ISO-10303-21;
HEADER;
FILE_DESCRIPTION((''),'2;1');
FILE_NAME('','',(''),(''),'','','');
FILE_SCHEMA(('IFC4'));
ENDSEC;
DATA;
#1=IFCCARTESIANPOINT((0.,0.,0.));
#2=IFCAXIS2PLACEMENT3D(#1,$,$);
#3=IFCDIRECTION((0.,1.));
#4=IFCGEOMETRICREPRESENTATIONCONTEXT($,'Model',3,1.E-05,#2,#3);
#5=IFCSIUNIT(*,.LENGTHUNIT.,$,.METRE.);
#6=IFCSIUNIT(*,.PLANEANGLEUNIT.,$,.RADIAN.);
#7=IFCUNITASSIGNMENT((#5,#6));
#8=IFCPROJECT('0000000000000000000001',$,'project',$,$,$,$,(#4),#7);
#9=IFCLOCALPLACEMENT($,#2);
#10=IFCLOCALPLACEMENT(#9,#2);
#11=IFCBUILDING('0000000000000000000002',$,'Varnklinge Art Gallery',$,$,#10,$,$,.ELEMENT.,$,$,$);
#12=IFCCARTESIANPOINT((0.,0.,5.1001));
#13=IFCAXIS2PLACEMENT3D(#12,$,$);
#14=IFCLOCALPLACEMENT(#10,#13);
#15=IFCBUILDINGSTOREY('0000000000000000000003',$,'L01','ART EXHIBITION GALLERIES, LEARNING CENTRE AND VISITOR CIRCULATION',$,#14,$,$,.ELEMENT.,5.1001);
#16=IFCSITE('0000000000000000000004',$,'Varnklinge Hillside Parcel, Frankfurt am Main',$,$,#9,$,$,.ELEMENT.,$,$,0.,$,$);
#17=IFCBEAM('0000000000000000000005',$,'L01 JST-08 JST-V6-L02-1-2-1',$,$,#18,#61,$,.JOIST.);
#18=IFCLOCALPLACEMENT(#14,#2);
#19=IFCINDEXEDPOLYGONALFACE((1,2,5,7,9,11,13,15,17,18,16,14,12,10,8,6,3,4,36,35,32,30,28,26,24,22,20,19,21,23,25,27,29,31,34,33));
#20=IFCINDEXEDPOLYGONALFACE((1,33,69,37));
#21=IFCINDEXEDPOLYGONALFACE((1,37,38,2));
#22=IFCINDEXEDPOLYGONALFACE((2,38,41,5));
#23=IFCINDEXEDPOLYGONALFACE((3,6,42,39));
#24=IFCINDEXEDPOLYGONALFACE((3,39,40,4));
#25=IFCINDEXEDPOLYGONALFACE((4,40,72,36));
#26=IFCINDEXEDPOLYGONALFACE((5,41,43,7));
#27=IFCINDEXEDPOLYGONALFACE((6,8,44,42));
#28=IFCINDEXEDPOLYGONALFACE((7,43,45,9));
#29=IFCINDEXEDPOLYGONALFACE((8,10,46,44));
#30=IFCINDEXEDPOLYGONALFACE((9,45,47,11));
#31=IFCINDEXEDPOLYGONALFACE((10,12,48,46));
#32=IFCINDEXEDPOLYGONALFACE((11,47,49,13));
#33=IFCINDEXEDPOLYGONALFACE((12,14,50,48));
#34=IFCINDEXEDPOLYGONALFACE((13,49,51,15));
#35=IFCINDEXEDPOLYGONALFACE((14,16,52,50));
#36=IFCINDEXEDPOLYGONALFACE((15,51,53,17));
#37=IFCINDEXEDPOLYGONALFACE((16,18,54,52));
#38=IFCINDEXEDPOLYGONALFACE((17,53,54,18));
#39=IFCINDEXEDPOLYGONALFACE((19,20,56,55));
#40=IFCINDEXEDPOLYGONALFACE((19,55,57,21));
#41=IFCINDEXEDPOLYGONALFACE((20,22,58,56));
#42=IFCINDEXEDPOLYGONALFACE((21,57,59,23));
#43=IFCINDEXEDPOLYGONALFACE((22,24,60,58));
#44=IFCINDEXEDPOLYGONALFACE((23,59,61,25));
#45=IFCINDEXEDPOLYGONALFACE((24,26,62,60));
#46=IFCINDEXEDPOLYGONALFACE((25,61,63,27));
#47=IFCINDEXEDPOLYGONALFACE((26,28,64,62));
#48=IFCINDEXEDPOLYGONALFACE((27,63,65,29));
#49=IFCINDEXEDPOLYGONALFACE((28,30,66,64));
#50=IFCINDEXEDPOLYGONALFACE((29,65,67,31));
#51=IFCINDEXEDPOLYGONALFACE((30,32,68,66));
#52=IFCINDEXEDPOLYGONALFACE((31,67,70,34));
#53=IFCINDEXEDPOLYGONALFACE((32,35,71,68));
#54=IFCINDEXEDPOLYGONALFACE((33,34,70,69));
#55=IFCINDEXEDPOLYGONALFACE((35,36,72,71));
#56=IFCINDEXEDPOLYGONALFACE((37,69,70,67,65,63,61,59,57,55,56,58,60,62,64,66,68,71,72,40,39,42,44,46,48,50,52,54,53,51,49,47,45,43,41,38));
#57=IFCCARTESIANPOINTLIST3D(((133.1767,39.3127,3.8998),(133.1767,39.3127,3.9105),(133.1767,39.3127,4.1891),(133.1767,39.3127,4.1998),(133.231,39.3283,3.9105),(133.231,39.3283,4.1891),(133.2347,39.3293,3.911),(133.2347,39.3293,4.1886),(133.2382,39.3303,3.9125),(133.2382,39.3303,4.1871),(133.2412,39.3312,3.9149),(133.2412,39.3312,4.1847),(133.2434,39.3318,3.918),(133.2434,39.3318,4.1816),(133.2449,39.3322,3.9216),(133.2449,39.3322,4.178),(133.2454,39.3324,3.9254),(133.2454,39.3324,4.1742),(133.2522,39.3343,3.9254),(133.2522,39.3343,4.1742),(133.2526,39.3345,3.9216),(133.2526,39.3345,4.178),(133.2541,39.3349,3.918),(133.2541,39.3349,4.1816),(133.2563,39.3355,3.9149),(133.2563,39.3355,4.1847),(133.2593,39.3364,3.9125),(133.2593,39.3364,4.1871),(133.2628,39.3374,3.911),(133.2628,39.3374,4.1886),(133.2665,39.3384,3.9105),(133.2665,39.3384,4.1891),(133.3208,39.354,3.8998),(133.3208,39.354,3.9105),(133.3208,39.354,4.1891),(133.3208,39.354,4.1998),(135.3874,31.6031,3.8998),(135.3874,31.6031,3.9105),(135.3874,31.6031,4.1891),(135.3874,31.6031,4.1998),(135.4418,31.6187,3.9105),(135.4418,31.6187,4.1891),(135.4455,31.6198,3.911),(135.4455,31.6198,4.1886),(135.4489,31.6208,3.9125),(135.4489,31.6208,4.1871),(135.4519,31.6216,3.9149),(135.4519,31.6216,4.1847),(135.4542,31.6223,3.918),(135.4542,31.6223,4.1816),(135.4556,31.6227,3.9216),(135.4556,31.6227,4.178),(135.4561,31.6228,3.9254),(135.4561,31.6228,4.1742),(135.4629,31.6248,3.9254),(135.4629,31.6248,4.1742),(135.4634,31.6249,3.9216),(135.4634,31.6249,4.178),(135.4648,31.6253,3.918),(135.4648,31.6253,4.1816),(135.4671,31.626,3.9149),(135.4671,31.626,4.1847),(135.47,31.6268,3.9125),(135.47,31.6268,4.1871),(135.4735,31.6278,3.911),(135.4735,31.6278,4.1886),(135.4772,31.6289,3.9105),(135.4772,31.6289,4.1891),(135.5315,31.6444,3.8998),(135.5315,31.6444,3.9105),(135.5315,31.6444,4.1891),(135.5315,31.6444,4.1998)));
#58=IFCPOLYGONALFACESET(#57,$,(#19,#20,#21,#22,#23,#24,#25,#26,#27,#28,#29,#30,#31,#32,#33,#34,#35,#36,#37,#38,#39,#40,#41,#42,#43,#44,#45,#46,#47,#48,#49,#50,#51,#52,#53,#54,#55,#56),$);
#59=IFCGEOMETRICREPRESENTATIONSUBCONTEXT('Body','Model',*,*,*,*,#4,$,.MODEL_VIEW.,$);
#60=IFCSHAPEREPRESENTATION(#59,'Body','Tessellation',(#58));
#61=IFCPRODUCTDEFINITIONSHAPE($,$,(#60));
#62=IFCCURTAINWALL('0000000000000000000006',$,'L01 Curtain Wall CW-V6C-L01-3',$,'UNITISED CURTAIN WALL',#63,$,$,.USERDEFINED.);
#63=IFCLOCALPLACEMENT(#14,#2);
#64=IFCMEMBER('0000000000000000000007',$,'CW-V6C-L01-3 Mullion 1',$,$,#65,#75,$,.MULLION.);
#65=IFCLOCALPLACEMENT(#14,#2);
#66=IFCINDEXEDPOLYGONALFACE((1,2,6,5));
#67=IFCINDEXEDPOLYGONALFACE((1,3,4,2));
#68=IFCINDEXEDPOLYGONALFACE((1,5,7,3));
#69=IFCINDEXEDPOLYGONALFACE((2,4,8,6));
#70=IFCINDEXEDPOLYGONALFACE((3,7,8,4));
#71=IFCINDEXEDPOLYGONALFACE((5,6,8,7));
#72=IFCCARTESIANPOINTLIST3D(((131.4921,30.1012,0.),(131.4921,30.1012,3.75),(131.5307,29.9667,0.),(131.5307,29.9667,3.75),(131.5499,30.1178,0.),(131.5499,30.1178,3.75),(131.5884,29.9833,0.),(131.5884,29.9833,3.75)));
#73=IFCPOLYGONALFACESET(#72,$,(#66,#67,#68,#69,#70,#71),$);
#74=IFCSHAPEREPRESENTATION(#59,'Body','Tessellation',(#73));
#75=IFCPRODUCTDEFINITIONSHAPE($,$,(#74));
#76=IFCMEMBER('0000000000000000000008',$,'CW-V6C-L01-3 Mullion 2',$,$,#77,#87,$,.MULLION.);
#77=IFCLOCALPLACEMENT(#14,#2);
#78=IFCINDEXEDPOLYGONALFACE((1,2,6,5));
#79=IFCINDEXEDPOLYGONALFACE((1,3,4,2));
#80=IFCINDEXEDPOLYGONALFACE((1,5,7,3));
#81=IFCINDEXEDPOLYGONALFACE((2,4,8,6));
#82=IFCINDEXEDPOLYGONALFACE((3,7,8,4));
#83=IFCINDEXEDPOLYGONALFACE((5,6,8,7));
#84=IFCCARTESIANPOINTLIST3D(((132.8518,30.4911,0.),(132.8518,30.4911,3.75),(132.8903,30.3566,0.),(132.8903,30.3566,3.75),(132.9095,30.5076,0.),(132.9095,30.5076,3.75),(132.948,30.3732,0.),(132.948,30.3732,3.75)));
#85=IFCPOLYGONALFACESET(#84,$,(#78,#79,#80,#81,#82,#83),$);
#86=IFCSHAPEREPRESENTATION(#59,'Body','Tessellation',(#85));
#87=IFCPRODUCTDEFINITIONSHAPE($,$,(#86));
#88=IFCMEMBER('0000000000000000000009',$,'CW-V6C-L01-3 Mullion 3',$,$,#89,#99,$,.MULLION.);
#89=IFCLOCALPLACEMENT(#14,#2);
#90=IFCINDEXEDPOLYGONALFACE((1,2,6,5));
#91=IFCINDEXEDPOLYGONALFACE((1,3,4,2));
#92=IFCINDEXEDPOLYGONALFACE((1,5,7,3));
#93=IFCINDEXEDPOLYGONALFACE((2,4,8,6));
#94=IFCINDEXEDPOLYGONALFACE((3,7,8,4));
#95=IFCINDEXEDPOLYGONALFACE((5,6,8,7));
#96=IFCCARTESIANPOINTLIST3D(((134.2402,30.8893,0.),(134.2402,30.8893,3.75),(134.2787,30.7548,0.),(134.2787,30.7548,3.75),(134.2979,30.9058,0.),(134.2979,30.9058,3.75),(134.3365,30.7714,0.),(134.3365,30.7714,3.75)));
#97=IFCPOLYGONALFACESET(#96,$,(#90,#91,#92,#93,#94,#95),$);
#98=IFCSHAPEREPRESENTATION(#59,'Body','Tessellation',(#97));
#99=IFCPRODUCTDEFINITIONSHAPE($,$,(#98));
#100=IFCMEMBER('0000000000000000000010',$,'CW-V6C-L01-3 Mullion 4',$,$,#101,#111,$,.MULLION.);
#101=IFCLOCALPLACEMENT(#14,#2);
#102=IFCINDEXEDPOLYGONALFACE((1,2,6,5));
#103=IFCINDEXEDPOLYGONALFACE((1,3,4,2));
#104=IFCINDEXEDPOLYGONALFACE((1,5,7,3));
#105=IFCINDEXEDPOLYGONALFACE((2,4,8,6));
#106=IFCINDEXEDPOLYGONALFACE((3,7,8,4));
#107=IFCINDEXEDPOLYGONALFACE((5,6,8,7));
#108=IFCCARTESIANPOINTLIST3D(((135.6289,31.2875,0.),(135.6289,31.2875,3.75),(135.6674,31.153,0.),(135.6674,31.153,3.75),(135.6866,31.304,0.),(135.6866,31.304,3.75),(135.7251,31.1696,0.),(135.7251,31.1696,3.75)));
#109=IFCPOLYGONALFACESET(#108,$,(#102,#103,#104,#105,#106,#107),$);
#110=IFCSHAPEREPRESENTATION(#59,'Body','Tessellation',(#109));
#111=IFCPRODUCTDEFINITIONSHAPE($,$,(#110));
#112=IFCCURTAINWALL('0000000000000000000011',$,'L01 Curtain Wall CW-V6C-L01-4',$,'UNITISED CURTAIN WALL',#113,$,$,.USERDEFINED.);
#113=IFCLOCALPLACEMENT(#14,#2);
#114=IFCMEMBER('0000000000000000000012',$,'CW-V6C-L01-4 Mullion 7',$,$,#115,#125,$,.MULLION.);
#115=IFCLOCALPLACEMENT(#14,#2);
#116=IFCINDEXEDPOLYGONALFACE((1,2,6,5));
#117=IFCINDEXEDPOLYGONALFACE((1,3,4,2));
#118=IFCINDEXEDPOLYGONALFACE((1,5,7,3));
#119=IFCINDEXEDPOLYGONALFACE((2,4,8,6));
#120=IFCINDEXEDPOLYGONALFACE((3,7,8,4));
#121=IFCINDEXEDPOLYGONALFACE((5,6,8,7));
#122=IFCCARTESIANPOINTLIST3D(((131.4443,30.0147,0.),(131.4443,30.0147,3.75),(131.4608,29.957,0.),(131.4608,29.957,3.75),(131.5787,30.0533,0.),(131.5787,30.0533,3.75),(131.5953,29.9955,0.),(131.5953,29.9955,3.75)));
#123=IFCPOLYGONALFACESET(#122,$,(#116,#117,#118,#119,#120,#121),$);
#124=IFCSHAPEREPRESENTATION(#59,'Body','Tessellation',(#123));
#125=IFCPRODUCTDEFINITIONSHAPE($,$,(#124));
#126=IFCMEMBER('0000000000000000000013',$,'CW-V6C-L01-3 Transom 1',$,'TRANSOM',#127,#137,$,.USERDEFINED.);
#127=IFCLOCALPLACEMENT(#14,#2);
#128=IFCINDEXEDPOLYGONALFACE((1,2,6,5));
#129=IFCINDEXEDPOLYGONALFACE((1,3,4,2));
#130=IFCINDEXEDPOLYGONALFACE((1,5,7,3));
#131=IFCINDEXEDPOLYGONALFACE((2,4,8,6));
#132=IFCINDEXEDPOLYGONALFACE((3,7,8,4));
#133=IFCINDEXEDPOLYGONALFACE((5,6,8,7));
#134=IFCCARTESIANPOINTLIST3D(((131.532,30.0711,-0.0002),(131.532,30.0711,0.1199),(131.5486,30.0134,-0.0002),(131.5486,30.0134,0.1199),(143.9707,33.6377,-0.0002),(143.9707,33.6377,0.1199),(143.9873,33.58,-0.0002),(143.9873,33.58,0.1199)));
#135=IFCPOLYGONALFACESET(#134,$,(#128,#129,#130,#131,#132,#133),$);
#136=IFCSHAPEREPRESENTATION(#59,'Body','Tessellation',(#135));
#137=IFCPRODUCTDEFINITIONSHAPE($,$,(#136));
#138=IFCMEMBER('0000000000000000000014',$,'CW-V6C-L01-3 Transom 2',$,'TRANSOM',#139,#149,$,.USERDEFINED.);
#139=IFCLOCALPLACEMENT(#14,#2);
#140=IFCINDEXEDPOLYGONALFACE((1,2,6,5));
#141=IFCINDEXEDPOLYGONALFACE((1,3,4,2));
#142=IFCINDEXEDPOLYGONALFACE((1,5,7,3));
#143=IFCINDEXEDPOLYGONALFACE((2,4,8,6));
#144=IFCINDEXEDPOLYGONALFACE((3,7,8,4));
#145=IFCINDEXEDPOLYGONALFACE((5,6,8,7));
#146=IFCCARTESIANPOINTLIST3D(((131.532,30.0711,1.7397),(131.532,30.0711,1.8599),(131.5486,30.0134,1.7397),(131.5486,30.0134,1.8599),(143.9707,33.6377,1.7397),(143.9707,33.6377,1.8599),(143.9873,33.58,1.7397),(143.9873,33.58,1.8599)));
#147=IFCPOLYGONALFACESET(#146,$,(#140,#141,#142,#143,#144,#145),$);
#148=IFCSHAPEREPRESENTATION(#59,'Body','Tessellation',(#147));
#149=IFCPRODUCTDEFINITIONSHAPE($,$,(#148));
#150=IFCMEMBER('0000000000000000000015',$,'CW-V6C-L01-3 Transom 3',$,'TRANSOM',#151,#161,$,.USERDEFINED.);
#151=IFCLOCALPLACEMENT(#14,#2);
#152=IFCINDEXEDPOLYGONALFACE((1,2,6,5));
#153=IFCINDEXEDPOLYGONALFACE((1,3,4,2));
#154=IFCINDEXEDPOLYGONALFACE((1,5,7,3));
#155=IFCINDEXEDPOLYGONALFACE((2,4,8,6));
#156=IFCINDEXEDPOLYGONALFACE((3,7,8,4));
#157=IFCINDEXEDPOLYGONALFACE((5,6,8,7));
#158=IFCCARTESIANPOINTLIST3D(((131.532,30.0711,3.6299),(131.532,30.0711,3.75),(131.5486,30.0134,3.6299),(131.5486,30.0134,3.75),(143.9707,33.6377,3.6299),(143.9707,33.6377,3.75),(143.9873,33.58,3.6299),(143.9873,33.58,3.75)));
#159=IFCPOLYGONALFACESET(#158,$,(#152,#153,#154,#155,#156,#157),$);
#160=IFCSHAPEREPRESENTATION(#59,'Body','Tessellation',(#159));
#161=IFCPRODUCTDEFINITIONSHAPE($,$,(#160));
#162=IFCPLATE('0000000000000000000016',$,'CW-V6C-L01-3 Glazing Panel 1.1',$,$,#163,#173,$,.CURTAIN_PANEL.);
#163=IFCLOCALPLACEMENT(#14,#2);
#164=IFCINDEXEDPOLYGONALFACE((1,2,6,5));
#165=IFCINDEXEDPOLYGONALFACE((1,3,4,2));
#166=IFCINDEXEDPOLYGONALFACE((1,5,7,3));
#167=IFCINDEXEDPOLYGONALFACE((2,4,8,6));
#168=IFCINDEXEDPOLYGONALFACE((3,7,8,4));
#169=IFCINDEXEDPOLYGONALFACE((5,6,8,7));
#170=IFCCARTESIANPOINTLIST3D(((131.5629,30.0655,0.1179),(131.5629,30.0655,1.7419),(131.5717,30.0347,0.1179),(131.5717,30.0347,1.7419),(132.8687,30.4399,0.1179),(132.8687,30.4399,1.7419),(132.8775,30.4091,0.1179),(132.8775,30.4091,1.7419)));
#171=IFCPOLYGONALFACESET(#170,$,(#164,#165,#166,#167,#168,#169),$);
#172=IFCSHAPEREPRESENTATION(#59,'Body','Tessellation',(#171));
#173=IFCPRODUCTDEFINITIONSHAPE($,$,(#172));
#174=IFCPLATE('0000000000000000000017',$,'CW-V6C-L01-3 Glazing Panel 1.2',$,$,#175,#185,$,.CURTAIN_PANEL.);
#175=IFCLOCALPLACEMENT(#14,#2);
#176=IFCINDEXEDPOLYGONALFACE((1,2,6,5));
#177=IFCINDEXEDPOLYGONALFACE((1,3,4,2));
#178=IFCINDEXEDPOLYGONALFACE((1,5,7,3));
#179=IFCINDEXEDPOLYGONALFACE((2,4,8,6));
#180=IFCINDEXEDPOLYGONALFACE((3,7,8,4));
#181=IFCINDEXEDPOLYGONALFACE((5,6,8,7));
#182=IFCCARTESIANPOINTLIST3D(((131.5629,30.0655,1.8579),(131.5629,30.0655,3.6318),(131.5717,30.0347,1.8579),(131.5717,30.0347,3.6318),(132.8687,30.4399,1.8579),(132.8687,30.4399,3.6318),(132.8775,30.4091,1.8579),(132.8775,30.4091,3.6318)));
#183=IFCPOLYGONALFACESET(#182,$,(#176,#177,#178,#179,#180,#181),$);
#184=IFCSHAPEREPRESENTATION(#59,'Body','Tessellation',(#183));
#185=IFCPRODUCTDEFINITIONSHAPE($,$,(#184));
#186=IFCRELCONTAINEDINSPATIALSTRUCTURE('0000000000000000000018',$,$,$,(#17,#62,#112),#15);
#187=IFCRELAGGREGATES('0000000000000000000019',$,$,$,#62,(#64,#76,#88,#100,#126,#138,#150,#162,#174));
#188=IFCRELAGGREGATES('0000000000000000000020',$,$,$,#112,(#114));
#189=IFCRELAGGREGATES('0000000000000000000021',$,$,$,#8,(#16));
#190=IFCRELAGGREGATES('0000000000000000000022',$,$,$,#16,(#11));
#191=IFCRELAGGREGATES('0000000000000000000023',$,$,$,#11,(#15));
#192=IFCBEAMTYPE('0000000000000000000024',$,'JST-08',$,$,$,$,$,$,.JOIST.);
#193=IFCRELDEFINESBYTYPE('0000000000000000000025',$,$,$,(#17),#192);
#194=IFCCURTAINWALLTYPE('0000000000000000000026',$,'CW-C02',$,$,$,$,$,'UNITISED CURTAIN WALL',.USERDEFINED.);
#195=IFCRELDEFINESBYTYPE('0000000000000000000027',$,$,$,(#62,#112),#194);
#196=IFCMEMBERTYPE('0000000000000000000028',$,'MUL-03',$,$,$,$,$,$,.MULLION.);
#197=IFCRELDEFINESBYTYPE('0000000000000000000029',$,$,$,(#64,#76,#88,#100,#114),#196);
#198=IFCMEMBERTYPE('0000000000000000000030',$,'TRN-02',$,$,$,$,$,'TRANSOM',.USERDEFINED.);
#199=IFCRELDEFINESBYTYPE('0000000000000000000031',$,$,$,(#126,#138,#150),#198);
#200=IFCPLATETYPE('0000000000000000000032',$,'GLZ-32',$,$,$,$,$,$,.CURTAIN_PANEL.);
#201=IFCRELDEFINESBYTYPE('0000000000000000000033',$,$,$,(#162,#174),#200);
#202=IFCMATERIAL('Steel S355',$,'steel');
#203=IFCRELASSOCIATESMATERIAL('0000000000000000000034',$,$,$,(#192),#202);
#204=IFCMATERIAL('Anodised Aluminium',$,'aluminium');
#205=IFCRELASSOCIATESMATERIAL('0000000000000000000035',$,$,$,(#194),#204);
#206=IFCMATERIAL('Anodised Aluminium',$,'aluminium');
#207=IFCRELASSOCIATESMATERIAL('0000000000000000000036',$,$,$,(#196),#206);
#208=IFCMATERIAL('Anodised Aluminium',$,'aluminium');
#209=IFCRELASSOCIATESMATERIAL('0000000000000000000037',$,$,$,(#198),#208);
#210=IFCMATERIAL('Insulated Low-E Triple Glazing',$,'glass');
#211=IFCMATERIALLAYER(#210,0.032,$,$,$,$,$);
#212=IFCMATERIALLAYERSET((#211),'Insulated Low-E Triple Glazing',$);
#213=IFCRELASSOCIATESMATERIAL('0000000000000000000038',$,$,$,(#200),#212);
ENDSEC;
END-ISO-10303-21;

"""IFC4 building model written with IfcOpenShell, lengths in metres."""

from ifc_helpers import new_model, si_unit, direction, frame, origin, origin_2d, place, context, subcontext, project, spatial, rectangle, i_section, extrude, material, layer, layer_set, material_profile, profile_set, type_object, element, aggregate, save


model = new_model("IFC4")

# Units and contexts
model_context = context("Model", 3, precision=1e-05, world=origin(), true_north=direction((0.0, 1.0)))
body_context = subcontext(model_context, "Body", "Model", "MODEL_VIEW")
ifc_project = project(units=[si_unit("LENGTHUNIT", "METRE"), si_unit("PLANEANGLEUNIT", "RADIAN")], contexts=[model_context])

# Site, building, storey
site_placement = place(None, origin())
site = spatial("IfcSite", under=ifc_project, at=site_placement, Name="Varnklinge Hillside Parcel, Frankfurt am Main", CompositionType="ELEMENT", RefElevation=0.0)
building_placement = place(site_placement, origin())
building = spatial("IfcBuilding", under=site, at=building_placement, Name="Varnklinge Art Gallery", CompositionType="ELEMENT")
storey_placement = place(building_placement, frame((0.0, 0.0, 5.1001)))
storey = spatial("IfcBuildingStorey", under=building, at=storey_placement, Name="L01", Description="ART EXHIBITION GALLERIES, LEARNING CENTRE AND VISITOR CIRCULATION", CompositionType="ELEMENT", Elevation=5.1001)

# Beam
ifc_material_1 = material(Name="Steel S355", Category="steel")
ifc_material_profile_1 = material_profile(ifc_material_1, i_section(OverallWidth=0.1499, OverallDepth=0.3, WebThickness=0.0071, FlangeThickness=0.0107, FilletRadius=0.0149, at=origin_2d()), Name="IPE 300")
ifc_profile_set_1 = profile_set([ifc_material_profile_1], Name="Steel S355")
beam_type_1 = type_object("IfcBeamType", Name="JST-08", PredefinedType="JOIST", material=ifc_profile_set_1)
beam_1_placement = place(storey_placement, frame((135.4595, 31.6238, 4.0498), z_axis=(-0.275642, 0.96126, 0.0), x_axis=(-0.96126, -0.275642, 0.0)))
element("IfcBeam", 1, at=beam_1_placement, inside=storey, type_object=beam_type_1, Name="L01 JST-08 JST-V6-L02-1-2-1", PredefinedType="JOIST", context=body_context, shape_type="SweptSolid", body=[
    extrude(i_section(OverallWidth=0.1499, OverallDepth=0.3, WebThickness=0.0071, FlangeThickness=0.0107, FilletRadius=0.0149, at=origin_2d()), origin(), (0.0, 0.0, 1.0), 8.0203),
])

# Curtain wall, members
ifc_material_2 = material(Name="Anodised Aluminium", Category="aluminium")
curtain_wall_type = type_object("IfcCurtainWallType", Name="CW-C02", ElementType="UNITISED CURTAIN WALL", PredefinedType="USERDEFINED", material=ifc_material_2)
curtain_wall_1_placement = place(storey_placement, origin())
curtain_wall_1 = element("IfcCurtainWall", 2, at=curtain_wall_1_placement, inside=storey, type_object=curtain_wall_type, Name="L01 Curtain Wall CW-V6C-L01-3", ObjectType="UNITISED CURTAIN WALL", PredefinedType="USERDEFINED")
ifc_material_3 = material(Name="Anodised Aluminium", Category="aluminium")
ifc_material_profile_2 = material_profile(ifc_material_3, rectangle(XDim=0.0601, YDim=0.1399, at=origin_2d()), Name="ALU 60x140")
ifc_profile_set_2 = profile_set([ifc_material_profile_2], Name="Anodised Aluminium")
member_type_1 = type_object("IfcMemberType", Name="MUL-03", PredefinedType="MULLION", material=ifc_profile_set_2)
member_1_placement = place(storey_placement, frame((131.5403, 30.0422, 0.0), z_axis=(0.0, 0.0, 1.0), x_axis=(0.961262, 0.275637, 0.0)))
member_1 = element("IfcMember", 3, at=member_1_placement, type_object=member_type_1, Name="CW-V6C-L01-3 Mullion 1", PredefinedType="MULLION", context=body_context, shape_type="SweptSolid", body=[
    extrude(rectangle(XDim=0.0601, YDim=0.1399, at=origin_2d()), origin(), (0.0, 0.0, 1.0), 3.75),
])
member_2_placement = place(storey_placement, frame((132.8999, 30.4321, 0.0), z_axis=(0.0, 0.0, 1.0), x_axis=(0.961262, 0.275637, 0.0)))
member_2 = element("IfcMember", 4, at=member_2_placement, type_object=member_type_1, Name="CW-V6C-L01-3 Mullion 2", PredefinedType="MULLION", context=body_context, shape_type="SweptSolid", body=[
    extrude(rectangle(XDim=0.0601, YDim=0.1399, at=origin_2d()), origin(), (0.0, 0.0, 1.0), 3.75),
])
member_3_placement = place(storey_placement, frame((134.2883, 30.8303, 0.0), z_axis=(0.0, 0.0, 1.0), x_axis=(0.961262, 0.275637, 0.0)))
member_3 = element("IfcMember", 5, at=member_3_placement, type_object=member_type_1, Name="CW-V6C-L01-3 Mullion 3", PredefinedType="MULLION", context=body_context, shape_type="SweptSolid", body=[
    extrude(rectangle(XDim=0.0601, YDim=0.1399, at=origin_2d()), origin(), (0.0, 0.0, 1.0), 3.75),
])
member_4_placement = place(storey_placement, frame((135.677, 31.2285, 0.0), z_axis=(0.0, 0.0, 1.0), x_axis=(0.961262, 0.275637, 0.0)))
member_4 = element("IfcMember", 6, at=member_4_placement, type_object=member_type_1, Name="CW-V6C-L01-3 Mullion 4", PredefinedType="MULLION", context=body_context, shape_type="SweptSolid", body=[
    extrude(rectangle(XDim=0.0601, YDim=0.1399, at=origin_2d()), origin(), (0.0, 0.0, 1.0), 3.75),
])

# Curtain wall, member
curtain_wall_2_placement = place(storey_placement, origin())
curtain_wall_2 = element("IfcCurtainWall", 7, at=curtain_wall_2_placement, inside=storey, type_object=curtain_wall_type, Name="L01 Curtain Wall CW-V6C-L01-4", ObjectType="UNITISED CURTAIN WALL", PredefinedType="USERDEFINED")
member_5_placement = place(storey_placement, frame((131.5198, 30.0051, 0.0), z_axis=(0.0, 0.0, 1.0), x_axis=(-0.275637, 0.961262, 0.0)))
member_5 = element("IfcMember", 8, at=member_5_placement, type_object=member_type_1, Name="CW-V6C-L01-4 Mullion 7", PredefinedType="MULLION", context=body_context, shape_type="SweptSolid", body=[
    extrude(rectangle(XDim=0.0601, YDim=0.1399, at=origin_2d()), origin(), (0.0, 0.0, 1.0), 3.75),
])

# Members
ifc_material_4 = material(Name="Anodised Aluminium", Category="aluminium")
ifc_material_profile_3 = material_profile(ifc_material_4, rectangle(XDim=0.0601, YDim=0.1201, at=origin_2d()), Name="ALU 60x120")
ifc_profile_set_3 = profile_set([ifc_material_profile_3], Name="Anodised Aluminium")
member_type_2 = type_object("IfcMemberType", Name="TRN-02", ElementType="TRANSOM", PredefinedType="USERDEFINED", material=ifc_profile_set_3)
member_6_placement = place(storey_placement, frame((131.5403, 30.0422, 0.0598), z_axis=(0.961264, 0.275631, 0.0), x_axis=(-0.275631, 0.961264, 0.0)))
member_6 = element("IfcMember", 9, at=member_6_placement, type_object=member_type_2, Name="CW-V6C-L01-3 Transom 1", ObjectType="TRANSOM", PredefinedType="USERDEFINED", context=body_context, shape_type="SweptSolid", body=[
    extrude(rectangle(XDim=0.0601, YDim=0.1201, at=origin_2d()), origin(), (0.0, 0.0, 1.0), 12.9399),
])
member_7_placement = place(storey_placement, frame((131.5403, 30.0422, 1.7998), z_axis=(0.961264, 0.275631, 0.0), x_axis=(-0.275631, 0.961264, 0.0)))
member_7 = element("IfcMember", 10, at=member_7_placement, type_object=member_type_2, Name="CW-V6C-L01-3 Transom 2", ObjectType="TRANSOM", PredefinedType="USERDEFINED", context=body_context, shape_type="SweptSolid", body=[
    extrude(rectangle(XDim=0.0601, YDim=0.1201, at=origin_2d()), origin(), (0.0, 0.0, 1.0), 12.9399),
])
member_8_placement = place(storey_placement, frame((131.5403, 30.0422, 3.6899), z_axis=(0.961264, 0.275631, 0.0), x_axis=(-0.275631, 0.961264, 0.0)))
member_8 = element("IfcMember", 11, at=member_8_placement, type_object=member_type_2, Name="CW-V6C-L01-3 Transom 3", ObjectType="TRANSOM", PredefinedType="USERDEFINED", context=body_context, shape_type="SweptSolid", body=[
    extrude(rectangle(XDim=0.0601, YDim=0.1201, at=origin_2d()), origin(), (0.0, 0.0, 1.0), 12.9399),
])

# Plates
ifc_material_5 = material(Name="Insulated Low-E Triple Glazing", Category="glass")
ifc_layer = layer(ifc_material_5, 0.032)
ifc_layer_set = layer_set([ifc_layer], Name="Insulated Low-E Triple Glazing")
plate_type = type_object("IfcPlateType", Name="GLZ-32", PredefinedType="CURTAIN_PANEL", material=ifc_layer_set)
plate_1_placement = place(storey_placement, frame((132.2202, 30.2373, 0.1179), z_axis=(0.0, 0.0, 1.0), x_axis=(0.961262, 0.275637, 0.0)))
plate_1 = element("IfcPlate", 12, at=plate_1_placement, type_object=plate_type, Name="CW-V6C-L01-3 Glazing Panel 1.1", PredefinedType="CURTAIN_PANEL", context=body_context, shape_type="SweptSolid", body=[
    extrude(rectangle(XDim=1.3584, YDim=0.032, at=origin_2d()), origin(), (0.0, 0.0, 1.0), 1.624),
])
plate_2_placement = place(storey_placement, frame((132.2202, 30.2373, 1.8579), z_axis=(0.0, 0.0, 1.0), x_axis=(0.961262, 0.275637, 0.0)))
plate_2 = element("IfcPlate", 13, at=plate_2_placement, type_object=plate_type, Name="CW-V6C-L01-3 Glazing Panel 1.2", PredefinedType="CURTAIN_PANEL", context=body_context, shape_type="SweptSolid", body=[
    extrude(rectangle(XDim=1.3584, YDim=0.032, at=origin_2d()), origin(), (0.0, 0.0, 1.0), 1.7739),
])
aggregate(curtain_wall_1, [member_1, member_2, member_3, member_4, member_6, member_7, member_8, plate_1, plate_2])
aggregate(curtain_wall_2, [member_5])

save(model, "model.ifc")
